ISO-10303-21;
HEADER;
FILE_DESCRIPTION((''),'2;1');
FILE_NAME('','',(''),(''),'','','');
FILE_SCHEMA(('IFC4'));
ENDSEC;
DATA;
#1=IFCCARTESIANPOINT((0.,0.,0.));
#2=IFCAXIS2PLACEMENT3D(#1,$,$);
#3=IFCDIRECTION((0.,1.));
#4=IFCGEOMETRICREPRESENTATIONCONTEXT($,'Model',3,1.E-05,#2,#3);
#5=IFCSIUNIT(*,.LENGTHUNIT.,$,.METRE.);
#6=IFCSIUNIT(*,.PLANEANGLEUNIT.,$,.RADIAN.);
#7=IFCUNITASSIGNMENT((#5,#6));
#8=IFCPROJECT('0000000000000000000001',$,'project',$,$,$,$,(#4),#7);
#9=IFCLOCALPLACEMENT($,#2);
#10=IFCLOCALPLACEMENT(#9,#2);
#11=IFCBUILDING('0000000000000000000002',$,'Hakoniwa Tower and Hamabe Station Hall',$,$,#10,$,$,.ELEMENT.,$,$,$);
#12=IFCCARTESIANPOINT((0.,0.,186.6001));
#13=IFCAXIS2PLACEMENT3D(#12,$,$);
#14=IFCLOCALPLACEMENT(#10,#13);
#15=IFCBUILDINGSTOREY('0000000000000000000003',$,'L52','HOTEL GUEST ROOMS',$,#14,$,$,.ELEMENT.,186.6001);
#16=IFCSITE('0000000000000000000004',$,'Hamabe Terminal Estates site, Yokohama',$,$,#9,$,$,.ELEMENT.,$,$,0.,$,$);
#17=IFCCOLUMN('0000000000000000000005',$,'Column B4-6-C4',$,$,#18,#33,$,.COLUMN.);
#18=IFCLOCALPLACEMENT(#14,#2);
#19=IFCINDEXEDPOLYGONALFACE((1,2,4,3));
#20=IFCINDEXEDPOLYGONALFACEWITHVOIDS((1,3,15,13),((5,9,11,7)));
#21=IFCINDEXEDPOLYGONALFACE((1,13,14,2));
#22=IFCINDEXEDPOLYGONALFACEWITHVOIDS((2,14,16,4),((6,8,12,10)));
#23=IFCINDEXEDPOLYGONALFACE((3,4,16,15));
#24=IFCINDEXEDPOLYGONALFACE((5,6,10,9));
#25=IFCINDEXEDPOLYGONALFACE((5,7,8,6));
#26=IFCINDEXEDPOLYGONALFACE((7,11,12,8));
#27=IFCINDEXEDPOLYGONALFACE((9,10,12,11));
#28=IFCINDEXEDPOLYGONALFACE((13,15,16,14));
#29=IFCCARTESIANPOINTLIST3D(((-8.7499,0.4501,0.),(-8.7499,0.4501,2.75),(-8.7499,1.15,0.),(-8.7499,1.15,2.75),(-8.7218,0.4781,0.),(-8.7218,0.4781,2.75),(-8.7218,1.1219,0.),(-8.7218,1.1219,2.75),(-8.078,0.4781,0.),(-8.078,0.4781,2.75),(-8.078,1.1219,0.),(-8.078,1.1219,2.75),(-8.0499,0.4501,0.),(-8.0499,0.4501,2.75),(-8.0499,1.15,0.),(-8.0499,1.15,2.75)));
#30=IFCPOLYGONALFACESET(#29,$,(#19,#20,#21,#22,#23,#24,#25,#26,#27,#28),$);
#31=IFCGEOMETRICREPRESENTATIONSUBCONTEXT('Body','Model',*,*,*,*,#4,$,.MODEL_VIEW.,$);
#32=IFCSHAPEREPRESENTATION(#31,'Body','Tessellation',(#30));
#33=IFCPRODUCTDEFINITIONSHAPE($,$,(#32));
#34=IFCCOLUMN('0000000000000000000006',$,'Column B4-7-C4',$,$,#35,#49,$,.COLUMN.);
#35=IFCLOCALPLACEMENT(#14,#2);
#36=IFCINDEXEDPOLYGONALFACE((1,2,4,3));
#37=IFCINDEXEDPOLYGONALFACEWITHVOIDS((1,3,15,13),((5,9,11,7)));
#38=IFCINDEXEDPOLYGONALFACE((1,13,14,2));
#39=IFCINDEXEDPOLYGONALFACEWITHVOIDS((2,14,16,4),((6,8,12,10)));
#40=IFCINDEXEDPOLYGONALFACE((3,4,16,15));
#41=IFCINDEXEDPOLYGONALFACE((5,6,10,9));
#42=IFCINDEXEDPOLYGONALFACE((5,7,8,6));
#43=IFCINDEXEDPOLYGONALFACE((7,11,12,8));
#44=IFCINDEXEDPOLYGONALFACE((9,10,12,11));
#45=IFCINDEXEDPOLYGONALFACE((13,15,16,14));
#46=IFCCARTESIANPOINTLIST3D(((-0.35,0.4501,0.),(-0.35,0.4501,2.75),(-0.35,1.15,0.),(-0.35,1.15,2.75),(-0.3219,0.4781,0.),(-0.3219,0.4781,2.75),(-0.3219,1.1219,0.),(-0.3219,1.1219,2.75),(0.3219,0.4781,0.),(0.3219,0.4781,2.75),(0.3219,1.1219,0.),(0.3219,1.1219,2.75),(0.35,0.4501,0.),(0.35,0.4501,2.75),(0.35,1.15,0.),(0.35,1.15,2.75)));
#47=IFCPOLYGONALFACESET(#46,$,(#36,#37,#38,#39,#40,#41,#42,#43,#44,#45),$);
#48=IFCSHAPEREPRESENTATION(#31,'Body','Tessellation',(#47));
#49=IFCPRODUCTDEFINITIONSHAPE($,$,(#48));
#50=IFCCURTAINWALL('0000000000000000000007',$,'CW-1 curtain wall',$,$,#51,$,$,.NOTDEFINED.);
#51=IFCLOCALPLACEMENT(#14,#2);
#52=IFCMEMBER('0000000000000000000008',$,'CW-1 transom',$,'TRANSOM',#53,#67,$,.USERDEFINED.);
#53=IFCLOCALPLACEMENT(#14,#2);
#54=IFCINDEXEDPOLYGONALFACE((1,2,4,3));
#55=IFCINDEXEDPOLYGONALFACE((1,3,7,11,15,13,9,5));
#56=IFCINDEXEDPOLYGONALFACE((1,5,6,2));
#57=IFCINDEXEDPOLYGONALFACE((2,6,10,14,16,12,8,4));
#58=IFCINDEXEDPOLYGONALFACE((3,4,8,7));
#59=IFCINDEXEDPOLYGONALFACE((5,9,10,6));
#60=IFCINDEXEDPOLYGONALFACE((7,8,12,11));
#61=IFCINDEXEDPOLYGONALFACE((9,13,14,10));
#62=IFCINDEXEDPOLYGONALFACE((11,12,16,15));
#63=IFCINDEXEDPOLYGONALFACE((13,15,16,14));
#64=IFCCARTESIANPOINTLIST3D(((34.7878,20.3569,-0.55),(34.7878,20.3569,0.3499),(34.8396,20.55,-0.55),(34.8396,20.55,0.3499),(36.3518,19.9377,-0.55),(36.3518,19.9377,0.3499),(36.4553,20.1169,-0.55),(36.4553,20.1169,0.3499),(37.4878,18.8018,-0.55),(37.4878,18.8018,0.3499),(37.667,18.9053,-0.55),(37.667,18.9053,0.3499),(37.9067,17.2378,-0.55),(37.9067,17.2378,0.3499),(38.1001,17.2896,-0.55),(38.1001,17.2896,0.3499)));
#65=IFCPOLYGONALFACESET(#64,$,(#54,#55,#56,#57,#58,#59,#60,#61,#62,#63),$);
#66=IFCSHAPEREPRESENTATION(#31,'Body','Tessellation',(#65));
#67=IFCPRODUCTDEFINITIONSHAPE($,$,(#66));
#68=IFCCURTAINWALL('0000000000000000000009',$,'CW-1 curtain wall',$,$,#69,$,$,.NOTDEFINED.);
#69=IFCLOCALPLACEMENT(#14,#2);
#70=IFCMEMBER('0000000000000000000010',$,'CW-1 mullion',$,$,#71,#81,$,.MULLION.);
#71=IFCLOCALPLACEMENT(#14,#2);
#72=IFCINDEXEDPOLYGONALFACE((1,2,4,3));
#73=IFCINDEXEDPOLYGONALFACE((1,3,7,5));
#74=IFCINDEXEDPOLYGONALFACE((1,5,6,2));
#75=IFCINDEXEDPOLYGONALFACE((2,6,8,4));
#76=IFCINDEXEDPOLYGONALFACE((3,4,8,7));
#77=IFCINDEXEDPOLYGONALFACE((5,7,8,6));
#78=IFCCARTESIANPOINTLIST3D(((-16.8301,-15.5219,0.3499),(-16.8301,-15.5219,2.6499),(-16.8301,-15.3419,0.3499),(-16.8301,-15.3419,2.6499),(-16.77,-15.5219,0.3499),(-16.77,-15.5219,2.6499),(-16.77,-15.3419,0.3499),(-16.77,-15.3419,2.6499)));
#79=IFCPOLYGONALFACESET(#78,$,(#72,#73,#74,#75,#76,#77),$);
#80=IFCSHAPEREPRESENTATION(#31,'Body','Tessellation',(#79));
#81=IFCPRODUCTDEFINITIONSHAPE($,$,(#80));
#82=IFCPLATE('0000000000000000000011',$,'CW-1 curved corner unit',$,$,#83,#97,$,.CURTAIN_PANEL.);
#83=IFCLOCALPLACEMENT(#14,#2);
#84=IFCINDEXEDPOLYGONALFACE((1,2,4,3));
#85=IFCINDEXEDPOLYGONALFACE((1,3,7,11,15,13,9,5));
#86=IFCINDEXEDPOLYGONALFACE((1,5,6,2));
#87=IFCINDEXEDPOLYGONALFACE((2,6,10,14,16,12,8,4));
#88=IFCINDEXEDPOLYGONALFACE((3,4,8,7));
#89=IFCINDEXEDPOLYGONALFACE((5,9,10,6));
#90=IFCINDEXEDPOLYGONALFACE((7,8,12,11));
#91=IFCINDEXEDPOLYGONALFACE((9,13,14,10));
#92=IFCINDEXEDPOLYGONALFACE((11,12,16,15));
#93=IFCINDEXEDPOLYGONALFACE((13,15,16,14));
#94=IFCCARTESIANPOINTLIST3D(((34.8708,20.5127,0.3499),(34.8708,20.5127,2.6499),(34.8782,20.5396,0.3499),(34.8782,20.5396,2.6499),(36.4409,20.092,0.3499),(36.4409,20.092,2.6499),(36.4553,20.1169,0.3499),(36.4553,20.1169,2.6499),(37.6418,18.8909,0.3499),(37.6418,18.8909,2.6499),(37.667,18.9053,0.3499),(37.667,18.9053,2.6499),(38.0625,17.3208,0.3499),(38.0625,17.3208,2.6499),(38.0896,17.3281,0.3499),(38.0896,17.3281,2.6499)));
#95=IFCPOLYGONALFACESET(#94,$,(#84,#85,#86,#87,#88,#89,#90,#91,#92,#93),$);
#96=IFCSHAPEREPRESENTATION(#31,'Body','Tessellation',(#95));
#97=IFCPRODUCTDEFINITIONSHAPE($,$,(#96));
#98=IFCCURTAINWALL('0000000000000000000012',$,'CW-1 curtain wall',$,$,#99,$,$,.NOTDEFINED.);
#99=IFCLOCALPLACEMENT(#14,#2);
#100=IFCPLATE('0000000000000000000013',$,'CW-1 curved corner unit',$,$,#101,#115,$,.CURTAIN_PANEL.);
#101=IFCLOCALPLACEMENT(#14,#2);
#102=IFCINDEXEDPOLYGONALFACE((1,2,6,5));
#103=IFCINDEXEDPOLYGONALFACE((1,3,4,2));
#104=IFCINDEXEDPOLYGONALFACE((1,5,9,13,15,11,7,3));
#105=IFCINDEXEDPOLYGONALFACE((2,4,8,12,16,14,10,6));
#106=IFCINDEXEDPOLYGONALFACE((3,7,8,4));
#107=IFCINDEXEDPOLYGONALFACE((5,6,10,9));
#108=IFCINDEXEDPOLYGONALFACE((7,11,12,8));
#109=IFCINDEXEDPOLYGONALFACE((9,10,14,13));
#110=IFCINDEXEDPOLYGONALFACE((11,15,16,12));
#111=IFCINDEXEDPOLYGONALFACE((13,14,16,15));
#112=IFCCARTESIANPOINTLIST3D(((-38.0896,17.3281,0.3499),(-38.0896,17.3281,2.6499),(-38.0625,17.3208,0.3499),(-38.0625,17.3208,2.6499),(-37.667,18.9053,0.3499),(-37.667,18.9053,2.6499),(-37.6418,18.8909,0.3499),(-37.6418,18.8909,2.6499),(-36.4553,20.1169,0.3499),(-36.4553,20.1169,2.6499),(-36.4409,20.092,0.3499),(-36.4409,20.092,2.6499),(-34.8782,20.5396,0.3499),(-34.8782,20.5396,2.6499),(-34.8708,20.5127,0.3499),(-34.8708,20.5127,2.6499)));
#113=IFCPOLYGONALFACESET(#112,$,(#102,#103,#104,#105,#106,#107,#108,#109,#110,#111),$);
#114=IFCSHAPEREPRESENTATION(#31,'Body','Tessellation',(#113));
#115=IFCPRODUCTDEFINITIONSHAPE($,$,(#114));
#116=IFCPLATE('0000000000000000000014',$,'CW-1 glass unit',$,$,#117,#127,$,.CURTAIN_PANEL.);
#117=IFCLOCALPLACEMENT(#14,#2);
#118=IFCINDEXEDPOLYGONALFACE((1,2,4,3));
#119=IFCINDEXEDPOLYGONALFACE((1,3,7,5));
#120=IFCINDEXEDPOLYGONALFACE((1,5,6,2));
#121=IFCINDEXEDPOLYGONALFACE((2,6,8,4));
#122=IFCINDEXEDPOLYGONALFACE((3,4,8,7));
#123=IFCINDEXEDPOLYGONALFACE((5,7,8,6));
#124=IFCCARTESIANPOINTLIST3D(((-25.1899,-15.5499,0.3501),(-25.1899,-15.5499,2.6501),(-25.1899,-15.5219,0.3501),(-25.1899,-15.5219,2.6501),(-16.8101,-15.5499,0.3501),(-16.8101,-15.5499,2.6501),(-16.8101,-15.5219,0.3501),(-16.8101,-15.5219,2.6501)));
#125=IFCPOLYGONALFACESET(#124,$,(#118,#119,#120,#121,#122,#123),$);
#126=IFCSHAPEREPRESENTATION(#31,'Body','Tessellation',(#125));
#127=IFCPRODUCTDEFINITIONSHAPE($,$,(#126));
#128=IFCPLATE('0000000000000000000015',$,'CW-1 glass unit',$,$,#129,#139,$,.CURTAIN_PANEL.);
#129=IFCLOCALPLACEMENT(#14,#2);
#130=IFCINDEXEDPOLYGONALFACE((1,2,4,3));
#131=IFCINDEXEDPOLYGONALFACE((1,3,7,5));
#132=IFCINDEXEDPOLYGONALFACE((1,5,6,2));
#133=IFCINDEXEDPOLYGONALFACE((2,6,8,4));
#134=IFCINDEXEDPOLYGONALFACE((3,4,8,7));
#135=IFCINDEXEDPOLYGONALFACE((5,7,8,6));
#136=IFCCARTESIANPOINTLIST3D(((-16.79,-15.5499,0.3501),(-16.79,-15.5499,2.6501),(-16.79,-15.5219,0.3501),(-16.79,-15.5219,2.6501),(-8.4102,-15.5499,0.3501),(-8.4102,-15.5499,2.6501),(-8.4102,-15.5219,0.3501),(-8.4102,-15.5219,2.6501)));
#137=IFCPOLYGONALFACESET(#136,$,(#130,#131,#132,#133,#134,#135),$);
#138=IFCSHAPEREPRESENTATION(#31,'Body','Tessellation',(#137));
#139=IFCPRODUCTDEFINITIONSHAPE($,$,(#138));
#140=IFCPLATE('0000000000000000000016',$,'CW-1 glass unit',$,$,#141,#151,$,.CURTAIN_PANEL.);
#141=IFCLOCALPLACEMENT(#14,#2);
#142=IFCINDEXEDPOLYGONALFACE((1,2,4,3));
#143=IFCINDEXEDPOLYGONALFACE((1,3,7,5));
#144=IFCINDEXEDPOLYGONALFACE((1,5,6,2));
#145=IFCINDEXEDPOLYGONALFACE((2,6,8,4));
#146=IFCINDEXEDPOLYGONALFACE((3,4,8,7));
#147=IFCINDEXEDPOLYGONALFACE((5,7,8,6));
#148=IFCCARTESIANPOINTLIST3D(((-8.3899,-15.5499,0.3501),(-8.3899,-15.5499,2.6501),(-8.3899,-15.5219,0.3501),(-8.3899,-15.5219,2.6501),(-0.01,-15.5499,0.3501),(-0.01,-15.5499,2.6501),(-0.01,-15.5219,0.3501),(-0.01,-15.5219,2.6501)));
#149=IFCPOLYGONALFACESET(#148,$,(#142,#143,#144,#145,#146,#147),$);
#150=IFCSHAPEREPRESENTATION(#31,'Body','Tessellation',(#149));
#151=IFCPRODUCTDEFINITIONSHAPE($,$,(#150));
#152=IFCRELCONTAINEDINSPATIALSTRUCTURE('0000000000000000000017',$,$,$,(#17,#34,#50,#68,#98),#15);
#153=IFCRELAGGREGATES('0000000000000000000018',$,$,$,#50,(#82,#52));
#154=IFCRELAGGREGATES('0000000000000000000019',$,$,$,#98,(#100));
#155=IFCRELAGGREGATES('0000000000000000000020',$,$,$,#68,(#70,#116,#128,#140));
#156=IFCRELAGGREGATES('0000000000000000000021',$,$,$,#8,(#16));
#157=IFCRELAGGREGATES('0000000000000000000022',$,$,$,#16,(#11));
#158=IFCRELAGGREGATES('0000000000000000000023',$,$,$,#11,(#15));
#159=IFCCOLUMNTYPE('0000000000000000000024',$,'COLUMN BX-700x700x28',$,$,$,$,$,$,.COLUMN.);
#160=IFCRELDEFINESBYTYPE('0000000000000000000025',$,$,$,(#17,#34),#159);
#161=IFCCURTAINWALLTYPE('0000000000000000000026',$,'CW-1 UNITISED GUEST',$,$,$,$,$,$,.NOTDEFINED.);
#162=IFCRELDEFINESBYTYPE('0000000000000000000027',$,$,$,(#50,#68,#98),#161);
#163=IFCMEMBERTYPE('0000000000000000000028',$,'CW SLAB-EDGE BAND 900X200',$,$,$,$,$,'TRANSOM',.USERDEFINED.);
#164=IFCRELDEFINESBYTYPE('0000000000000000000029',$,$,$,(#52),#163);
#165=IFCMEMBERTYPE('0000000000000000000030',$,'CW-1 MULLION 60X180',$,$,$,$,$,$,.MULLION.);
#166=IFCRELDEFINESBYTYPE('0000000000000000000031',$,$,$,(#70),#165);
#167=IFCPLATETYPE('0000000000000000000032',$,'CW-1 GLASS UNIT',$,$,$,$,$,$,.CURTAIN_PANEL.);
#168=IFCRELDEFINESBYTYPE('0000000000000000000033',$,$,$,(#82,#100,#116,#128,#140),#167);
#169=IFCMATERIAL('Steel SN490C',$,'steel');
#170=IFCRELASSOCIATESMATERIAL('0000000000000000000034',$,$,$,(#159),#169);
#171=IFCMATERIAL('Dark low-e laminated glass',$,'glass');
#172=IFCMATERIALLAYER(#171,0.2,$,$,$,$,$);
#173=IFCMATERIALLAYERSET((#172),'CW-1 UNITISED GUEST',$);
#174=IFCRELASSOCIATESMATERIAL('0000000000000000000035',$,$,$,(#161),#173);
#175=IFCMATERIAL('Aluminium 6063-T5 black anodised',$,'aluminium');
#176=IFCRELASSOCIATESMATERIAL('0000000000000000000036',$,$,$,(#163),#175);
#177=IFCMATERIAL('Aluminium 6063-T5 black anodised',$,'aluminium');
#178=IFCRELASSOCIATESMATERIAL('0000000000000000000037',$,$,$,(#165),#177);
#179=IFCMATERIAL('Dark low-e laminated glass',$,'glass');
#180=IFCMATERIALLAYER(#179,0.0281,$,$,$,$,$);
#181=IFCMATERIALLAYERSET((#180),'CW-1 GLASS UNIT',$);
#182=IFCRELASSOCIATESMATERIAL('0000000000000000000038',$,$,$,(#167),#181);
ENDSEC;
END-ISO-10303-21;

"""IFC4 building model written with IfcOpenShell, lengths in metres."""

from ifc_helpers import new_model, si_unit, direction, frame, origin, origin_2d, place, context, subcontext, project, spatial, polyline, rectangle, hollow_rectangle, outline, extrude, material, layer, layer_set, material_profile, profile_set, type_object, element, aggregate, save


model = new_model("IFC4")

# Units and contexts
model_context = context("Model", 3, precision=1e-05, world=origin(), true_north=direction((0.0, 1.0)))
body_context = subcontext(model_context, "Body", "Model", "MODEL_VIEW")
ifc_project = project(units=[si_unit("LENGTHUNIT", "METRE"), si_unit("PLANEANGLEUNIT", "RADIAN")], contexts=[model_context])

# Site, building, storey
site_placement = place(None, origin())
site = spatial("IfcSite", under=ifc_project, at=site_placement, Name="Hamabe Terminal Estates site, Yokohama", CompositionType="ELEMENT", RefElevation=0.0)
building_placement = place(site_placement, origin())
building = spatial("IfcBuilding", under=site, at=building_placement, Name="Hakoniwa Tower and Hamabe Station Hall", CompositionType="ELEMENT")
storey_placement = place(building_placement, frame((0.0, 0.0, 186.6001)))
storey = spatial("IfcBuildingStorey", under=building, at=storey_placement, Name="L52", Description="HOTEL GUEST ROOMS", CompositionType="ELEMENT", Elevation=186.6001)

# Columns
ifc_material_1 = material(Name="Steel SN490C", Category="steel")
ifc_material_profile_1 = material_profile(ifc_material_1, hollow_rectangle(XDim=0.7, YDim=0.7, WallThickness=0.0281, at=origin_2d()), Name="BX-700x700x28")
ifc_profile_set_1 = profile_set([ifc_material_profile_1], Name="Steel SN490C")
column_type_1 = type_object("IfcColumnType", Name="COLUMN BX-700x700x28", PredefinedType="COLUMN", material=ifc_profile_set_1)
for number, where, z_axis, x_axis, name in (
    (1, (-8.3999, 0.8, 0.0), (0.0, 0.0, 1.0), (1.0, 0.0, 0.0), "Column B4-6-C4"),
    (2, (0.0, 0.8, 0.0), (0.0, 0.0, 1.0), (1.0, 0.0, 0.0), "Column B4-7-C4"),
):
    element("IfcColumn", number, at=place(storey_placement, frame(where, z_axis=z_axis, x_axis=x_axis)), inside=storey, type_object=column_type_1, Name=name, PredefinedType="COLUMN", context=body_context, shape_type="SweptSolid", body=[
        extrude(hollow_rectangle(XDim=0.7, YDim=0.7, WallThickness=0.0281, at=origin_2d()), origin(), (0.0, 0.0, 1.0), 2.75),
    ])

# Curtain walls, members
ifc_material_2 = material(Name="Dark low-e laminated glass", Category="glass")
ifc_layer_1 = layer(ifc_material_2, 0.2)
ifc_layer_set_1 = layer_set([ifc_layer_1], Name="CW-1 UNITISED GUEST")
curtain_wall_type = type_object("IfcCurtainWallType", Name="CW-1 UNITISED GUEST", PredefinedType="NOTDEFINED", material=ifc_layer_set_1)
curtain_wall_1_placement = place(storey_placement, origin())
curtain_wall_1 = element("IfcCurtainWall", 3, at=curtain_wall_1_placement, inside=storey, type_object=curtain_wall_type, Name="CW-1 curtain wall", PredefinedType="NOTDEFINED")
ifc_material_3 = material(Name="Aluminium 6063-T5 black anodised", Category="aluminium")
ifc_material_profile_2 = material_profile(ifc_material_3, rectangle(XDim=0.2, YDim=0.8999, at=origin_2d()), Name="CW SLAB-EDGE BAND 900X200")
ifc_profile_set_2 = profile_set([ifc_material_profile_2], Name="Aluminium 6063-T5 black anodised")
member_type_1 = type_object("IfcMemberType", Name="CW SLAB-EDGE BAND 900X200", ElementType="TRANSOM", PredefinedType="USERDEFINED", material=ifc_profile_set_2)
member_1_placement = place(storey_placement, frame((0.0, 0.0, -0.55)))
member_1 = element("IfcMember", 4, at=member_1_placement, type_object=member_type_1, Name="CW-1 transom", ObjectType="TRANSOM", PredefinedType="USERDEFINED", context=body_context, shape_type="SweptSolid", body=[
    extrude(outline(polyline([(38.1001, 17.2896), (37.667, 18.9053), (36.4553, 20.1169), (34.8396, 20.55), (34.7878, 20.3569), (36.3518, 19.9377), (37.4878, 18.8018), (37.9067, 17.2378), (38.1001, 17.2896)])), origin(), (0.0, 0.0, 1.0), 0.8999),
])
curtain_wall_2_placement = place(storey_placement, origin())
curtain_wall_2 = element("IfcCurtainWall", 5, at=curtain_wall_2_placement, inside=storey, type_object=curtain_wall_type, Name="CW-1 curtain wall", PredefinedType="NOTDEFINED")
ifc_material_4 = material(Name="Aluminium 6063-T5 black anodised", Category="aluminium")
ifc_material_profile_3 = material_profile(ifc_material_4, rectangle(XDim=0.0601, YDim=0.1799, at=origin_2d()), Name="CW-1 MULLION 60X180")
ifc_profile_set_3 = profile_set([ifc_material_profile_3], Name="Aluminium 6063-T5 black anodised")
member_type_2 = type_object("IfcMemberType", Name="CW-1 MULLION 60X180", PredefinedType="MULLION", material=ifc_profile_set_3)
member_2_placement = place(storey_placement, frame((-16.8, -15.4319, 0.3499), z_axis=(0.0, 0.0, 1.0), x_axis=(1.0, 0.0, 0.0)))
member_2 = element("IfcMember", 6, at=member_2_placement, type_object=member_type_2, Name="CW-1 mullion", PredefinedType="MULLION", context=body_context, shape_type="SweptSolid", body=[
    extrude(rectangle(XDim=0.0601, YDim=0.1799, at=origin_2d()), origin(), (0.0, 0.0, 1.0), 2.3),
])

# Plate
ifc_material_5 = material(Name="Dark low-e laminated glass", Category="glass")
ifc_layer_2 = layer(ifc_material_5, 0.0281)
ifc_layer_set_2 = layer_set([ifc_layer_2], Name="CW-1 GLASS UNIT")
plate_type = type_object("IfcPlateType", Name="CW-1 GLASS UNIT", PredefinedType="CURTAIN_PANEL", material=ifc_layer_set_2)
plate_1_placement = place(storey_placement, frame((0.0, 0.0, 0.3499)))
plate_1 = element("IfcPlate", 7, at=plate_1_placement, type_object=plate_type, Name="CW-1 curved corner unit", PredefinedType="CURTAIN_PANEL", context=body_context, shape_type="SweptSolid", body=[
    extrude(outline(polyline([(38.0896, 17.3281), (37.667, 18.9053), (36.4553, 20.1169), (34.8782, 20.5396), (34.8708, 20.5127), (36.4409, 20.092), (37.6418, 18.8909), (38.0625, 17.3208), (38.0896, 17.3281)])), origin(), (0.0, 0.0, 1.0), 2.3),
])
aggregate(curtain_wall_1, [plate_1, member_1])

# Curtain wall, plate
curtain_wall_3_placement = place(storey_placement, origin())
curtain_wall_3 = element("IfcCurtainWall", 8, at=curtain_wall_3_placement, inside=storey, type_object=curtain_wall_type, Name="CW-1 curtain wall", PredefinedType="NOTDEFINED")
plate_2_placement = place(storey_placement, frame((0.0, 0.0, 0.3499)))
plate_2 = element("IfcPlate", 9, at=plate_2_placement, type_object=plate_type, Name="CW-1 curved corner unit", PredefinedType="CURTAIN_PANEL", context=body_context, shape_type="SweptSolid", body=[
    extrude(outline(polyline([(-34.8782, 20.5396), (-36.4553, 20.1169), (-37.667, 18.9053), (-38.0896, 17.3281), (-38.0625, 17.3208), (-37.6418, 18.8909), (-36.4409, 20.092), (-34.8708, 20.5127), (-34.8782, 20.5396)])), origin(), (0.0, 0.0, 1.0), 2.3),
])
aggregate(curtain_wall_3, [plate_2])

# Plates
plate_3_placement = place(storey_placement, frame((-21.0, -15.5359, 0.3501), z_axis=(0.0, 0.0, 1.0), x_axis=(1.0, 0.0, 0.0)))
plate_3 = element("IfcPlate", 10, at=plate_3_placement, type_object=plate_type, Name="CW-1 glass unit", PredefinedType="CURTAIN_PANEL", context=body_context, shape_type="SweptSolid", body=[
    extrude(rectangle(XDim=8.3799, YDim=0.0281, at=origin_2d()), origin(), (0.0, 0.0, 1.0), 2.3),
])
plate_4_placement = place(storey_placement, frame((-12.6001, -15.5359, 0.3501), z_axis=(0.0, 0.0, 1.0), x_axis=(1.0, 0.0, 0.0)))
plate_4 = element("IfcPlate", 11, at=plate_4_placement, type_object=plate_type, Name="CW-1 glass unit", PredefinedType="CURTAIN_PANEL", context=body_context, shape_type="SweptSolid", body=[
    extrude(rectangle(XDim=8.3799, YDim=0.0281, at=origin_2d()), origin(), (0.0, 0.0, 1.0), 2.3),
])
plate_5_placement = place(storey_placement, frame((-4.2, -15.5359, 0.3501), z_axis=(0.0, 0.0, 1.0), x_axis=(1.0, 0.0, 0.0)))
plate_5 = element("IfcPlate", 12, at=plate_5_placement, type_object=plate_type, Name="CW-1 glass unit", PredefinedType="CURTAIN_PANEL", context=body_context, shape_type="SweptSolid", body=[
    extrude(rectangle(XDim=8.3799, YDim=0.0281, at=origin_2d()), origin(), (0.0, 0.0, 1.0), 2.3),
])
aggregate(curtain_wall_2, [member_2, plate_3, plate_4, plate_5])

save(model, "model.ifc")
